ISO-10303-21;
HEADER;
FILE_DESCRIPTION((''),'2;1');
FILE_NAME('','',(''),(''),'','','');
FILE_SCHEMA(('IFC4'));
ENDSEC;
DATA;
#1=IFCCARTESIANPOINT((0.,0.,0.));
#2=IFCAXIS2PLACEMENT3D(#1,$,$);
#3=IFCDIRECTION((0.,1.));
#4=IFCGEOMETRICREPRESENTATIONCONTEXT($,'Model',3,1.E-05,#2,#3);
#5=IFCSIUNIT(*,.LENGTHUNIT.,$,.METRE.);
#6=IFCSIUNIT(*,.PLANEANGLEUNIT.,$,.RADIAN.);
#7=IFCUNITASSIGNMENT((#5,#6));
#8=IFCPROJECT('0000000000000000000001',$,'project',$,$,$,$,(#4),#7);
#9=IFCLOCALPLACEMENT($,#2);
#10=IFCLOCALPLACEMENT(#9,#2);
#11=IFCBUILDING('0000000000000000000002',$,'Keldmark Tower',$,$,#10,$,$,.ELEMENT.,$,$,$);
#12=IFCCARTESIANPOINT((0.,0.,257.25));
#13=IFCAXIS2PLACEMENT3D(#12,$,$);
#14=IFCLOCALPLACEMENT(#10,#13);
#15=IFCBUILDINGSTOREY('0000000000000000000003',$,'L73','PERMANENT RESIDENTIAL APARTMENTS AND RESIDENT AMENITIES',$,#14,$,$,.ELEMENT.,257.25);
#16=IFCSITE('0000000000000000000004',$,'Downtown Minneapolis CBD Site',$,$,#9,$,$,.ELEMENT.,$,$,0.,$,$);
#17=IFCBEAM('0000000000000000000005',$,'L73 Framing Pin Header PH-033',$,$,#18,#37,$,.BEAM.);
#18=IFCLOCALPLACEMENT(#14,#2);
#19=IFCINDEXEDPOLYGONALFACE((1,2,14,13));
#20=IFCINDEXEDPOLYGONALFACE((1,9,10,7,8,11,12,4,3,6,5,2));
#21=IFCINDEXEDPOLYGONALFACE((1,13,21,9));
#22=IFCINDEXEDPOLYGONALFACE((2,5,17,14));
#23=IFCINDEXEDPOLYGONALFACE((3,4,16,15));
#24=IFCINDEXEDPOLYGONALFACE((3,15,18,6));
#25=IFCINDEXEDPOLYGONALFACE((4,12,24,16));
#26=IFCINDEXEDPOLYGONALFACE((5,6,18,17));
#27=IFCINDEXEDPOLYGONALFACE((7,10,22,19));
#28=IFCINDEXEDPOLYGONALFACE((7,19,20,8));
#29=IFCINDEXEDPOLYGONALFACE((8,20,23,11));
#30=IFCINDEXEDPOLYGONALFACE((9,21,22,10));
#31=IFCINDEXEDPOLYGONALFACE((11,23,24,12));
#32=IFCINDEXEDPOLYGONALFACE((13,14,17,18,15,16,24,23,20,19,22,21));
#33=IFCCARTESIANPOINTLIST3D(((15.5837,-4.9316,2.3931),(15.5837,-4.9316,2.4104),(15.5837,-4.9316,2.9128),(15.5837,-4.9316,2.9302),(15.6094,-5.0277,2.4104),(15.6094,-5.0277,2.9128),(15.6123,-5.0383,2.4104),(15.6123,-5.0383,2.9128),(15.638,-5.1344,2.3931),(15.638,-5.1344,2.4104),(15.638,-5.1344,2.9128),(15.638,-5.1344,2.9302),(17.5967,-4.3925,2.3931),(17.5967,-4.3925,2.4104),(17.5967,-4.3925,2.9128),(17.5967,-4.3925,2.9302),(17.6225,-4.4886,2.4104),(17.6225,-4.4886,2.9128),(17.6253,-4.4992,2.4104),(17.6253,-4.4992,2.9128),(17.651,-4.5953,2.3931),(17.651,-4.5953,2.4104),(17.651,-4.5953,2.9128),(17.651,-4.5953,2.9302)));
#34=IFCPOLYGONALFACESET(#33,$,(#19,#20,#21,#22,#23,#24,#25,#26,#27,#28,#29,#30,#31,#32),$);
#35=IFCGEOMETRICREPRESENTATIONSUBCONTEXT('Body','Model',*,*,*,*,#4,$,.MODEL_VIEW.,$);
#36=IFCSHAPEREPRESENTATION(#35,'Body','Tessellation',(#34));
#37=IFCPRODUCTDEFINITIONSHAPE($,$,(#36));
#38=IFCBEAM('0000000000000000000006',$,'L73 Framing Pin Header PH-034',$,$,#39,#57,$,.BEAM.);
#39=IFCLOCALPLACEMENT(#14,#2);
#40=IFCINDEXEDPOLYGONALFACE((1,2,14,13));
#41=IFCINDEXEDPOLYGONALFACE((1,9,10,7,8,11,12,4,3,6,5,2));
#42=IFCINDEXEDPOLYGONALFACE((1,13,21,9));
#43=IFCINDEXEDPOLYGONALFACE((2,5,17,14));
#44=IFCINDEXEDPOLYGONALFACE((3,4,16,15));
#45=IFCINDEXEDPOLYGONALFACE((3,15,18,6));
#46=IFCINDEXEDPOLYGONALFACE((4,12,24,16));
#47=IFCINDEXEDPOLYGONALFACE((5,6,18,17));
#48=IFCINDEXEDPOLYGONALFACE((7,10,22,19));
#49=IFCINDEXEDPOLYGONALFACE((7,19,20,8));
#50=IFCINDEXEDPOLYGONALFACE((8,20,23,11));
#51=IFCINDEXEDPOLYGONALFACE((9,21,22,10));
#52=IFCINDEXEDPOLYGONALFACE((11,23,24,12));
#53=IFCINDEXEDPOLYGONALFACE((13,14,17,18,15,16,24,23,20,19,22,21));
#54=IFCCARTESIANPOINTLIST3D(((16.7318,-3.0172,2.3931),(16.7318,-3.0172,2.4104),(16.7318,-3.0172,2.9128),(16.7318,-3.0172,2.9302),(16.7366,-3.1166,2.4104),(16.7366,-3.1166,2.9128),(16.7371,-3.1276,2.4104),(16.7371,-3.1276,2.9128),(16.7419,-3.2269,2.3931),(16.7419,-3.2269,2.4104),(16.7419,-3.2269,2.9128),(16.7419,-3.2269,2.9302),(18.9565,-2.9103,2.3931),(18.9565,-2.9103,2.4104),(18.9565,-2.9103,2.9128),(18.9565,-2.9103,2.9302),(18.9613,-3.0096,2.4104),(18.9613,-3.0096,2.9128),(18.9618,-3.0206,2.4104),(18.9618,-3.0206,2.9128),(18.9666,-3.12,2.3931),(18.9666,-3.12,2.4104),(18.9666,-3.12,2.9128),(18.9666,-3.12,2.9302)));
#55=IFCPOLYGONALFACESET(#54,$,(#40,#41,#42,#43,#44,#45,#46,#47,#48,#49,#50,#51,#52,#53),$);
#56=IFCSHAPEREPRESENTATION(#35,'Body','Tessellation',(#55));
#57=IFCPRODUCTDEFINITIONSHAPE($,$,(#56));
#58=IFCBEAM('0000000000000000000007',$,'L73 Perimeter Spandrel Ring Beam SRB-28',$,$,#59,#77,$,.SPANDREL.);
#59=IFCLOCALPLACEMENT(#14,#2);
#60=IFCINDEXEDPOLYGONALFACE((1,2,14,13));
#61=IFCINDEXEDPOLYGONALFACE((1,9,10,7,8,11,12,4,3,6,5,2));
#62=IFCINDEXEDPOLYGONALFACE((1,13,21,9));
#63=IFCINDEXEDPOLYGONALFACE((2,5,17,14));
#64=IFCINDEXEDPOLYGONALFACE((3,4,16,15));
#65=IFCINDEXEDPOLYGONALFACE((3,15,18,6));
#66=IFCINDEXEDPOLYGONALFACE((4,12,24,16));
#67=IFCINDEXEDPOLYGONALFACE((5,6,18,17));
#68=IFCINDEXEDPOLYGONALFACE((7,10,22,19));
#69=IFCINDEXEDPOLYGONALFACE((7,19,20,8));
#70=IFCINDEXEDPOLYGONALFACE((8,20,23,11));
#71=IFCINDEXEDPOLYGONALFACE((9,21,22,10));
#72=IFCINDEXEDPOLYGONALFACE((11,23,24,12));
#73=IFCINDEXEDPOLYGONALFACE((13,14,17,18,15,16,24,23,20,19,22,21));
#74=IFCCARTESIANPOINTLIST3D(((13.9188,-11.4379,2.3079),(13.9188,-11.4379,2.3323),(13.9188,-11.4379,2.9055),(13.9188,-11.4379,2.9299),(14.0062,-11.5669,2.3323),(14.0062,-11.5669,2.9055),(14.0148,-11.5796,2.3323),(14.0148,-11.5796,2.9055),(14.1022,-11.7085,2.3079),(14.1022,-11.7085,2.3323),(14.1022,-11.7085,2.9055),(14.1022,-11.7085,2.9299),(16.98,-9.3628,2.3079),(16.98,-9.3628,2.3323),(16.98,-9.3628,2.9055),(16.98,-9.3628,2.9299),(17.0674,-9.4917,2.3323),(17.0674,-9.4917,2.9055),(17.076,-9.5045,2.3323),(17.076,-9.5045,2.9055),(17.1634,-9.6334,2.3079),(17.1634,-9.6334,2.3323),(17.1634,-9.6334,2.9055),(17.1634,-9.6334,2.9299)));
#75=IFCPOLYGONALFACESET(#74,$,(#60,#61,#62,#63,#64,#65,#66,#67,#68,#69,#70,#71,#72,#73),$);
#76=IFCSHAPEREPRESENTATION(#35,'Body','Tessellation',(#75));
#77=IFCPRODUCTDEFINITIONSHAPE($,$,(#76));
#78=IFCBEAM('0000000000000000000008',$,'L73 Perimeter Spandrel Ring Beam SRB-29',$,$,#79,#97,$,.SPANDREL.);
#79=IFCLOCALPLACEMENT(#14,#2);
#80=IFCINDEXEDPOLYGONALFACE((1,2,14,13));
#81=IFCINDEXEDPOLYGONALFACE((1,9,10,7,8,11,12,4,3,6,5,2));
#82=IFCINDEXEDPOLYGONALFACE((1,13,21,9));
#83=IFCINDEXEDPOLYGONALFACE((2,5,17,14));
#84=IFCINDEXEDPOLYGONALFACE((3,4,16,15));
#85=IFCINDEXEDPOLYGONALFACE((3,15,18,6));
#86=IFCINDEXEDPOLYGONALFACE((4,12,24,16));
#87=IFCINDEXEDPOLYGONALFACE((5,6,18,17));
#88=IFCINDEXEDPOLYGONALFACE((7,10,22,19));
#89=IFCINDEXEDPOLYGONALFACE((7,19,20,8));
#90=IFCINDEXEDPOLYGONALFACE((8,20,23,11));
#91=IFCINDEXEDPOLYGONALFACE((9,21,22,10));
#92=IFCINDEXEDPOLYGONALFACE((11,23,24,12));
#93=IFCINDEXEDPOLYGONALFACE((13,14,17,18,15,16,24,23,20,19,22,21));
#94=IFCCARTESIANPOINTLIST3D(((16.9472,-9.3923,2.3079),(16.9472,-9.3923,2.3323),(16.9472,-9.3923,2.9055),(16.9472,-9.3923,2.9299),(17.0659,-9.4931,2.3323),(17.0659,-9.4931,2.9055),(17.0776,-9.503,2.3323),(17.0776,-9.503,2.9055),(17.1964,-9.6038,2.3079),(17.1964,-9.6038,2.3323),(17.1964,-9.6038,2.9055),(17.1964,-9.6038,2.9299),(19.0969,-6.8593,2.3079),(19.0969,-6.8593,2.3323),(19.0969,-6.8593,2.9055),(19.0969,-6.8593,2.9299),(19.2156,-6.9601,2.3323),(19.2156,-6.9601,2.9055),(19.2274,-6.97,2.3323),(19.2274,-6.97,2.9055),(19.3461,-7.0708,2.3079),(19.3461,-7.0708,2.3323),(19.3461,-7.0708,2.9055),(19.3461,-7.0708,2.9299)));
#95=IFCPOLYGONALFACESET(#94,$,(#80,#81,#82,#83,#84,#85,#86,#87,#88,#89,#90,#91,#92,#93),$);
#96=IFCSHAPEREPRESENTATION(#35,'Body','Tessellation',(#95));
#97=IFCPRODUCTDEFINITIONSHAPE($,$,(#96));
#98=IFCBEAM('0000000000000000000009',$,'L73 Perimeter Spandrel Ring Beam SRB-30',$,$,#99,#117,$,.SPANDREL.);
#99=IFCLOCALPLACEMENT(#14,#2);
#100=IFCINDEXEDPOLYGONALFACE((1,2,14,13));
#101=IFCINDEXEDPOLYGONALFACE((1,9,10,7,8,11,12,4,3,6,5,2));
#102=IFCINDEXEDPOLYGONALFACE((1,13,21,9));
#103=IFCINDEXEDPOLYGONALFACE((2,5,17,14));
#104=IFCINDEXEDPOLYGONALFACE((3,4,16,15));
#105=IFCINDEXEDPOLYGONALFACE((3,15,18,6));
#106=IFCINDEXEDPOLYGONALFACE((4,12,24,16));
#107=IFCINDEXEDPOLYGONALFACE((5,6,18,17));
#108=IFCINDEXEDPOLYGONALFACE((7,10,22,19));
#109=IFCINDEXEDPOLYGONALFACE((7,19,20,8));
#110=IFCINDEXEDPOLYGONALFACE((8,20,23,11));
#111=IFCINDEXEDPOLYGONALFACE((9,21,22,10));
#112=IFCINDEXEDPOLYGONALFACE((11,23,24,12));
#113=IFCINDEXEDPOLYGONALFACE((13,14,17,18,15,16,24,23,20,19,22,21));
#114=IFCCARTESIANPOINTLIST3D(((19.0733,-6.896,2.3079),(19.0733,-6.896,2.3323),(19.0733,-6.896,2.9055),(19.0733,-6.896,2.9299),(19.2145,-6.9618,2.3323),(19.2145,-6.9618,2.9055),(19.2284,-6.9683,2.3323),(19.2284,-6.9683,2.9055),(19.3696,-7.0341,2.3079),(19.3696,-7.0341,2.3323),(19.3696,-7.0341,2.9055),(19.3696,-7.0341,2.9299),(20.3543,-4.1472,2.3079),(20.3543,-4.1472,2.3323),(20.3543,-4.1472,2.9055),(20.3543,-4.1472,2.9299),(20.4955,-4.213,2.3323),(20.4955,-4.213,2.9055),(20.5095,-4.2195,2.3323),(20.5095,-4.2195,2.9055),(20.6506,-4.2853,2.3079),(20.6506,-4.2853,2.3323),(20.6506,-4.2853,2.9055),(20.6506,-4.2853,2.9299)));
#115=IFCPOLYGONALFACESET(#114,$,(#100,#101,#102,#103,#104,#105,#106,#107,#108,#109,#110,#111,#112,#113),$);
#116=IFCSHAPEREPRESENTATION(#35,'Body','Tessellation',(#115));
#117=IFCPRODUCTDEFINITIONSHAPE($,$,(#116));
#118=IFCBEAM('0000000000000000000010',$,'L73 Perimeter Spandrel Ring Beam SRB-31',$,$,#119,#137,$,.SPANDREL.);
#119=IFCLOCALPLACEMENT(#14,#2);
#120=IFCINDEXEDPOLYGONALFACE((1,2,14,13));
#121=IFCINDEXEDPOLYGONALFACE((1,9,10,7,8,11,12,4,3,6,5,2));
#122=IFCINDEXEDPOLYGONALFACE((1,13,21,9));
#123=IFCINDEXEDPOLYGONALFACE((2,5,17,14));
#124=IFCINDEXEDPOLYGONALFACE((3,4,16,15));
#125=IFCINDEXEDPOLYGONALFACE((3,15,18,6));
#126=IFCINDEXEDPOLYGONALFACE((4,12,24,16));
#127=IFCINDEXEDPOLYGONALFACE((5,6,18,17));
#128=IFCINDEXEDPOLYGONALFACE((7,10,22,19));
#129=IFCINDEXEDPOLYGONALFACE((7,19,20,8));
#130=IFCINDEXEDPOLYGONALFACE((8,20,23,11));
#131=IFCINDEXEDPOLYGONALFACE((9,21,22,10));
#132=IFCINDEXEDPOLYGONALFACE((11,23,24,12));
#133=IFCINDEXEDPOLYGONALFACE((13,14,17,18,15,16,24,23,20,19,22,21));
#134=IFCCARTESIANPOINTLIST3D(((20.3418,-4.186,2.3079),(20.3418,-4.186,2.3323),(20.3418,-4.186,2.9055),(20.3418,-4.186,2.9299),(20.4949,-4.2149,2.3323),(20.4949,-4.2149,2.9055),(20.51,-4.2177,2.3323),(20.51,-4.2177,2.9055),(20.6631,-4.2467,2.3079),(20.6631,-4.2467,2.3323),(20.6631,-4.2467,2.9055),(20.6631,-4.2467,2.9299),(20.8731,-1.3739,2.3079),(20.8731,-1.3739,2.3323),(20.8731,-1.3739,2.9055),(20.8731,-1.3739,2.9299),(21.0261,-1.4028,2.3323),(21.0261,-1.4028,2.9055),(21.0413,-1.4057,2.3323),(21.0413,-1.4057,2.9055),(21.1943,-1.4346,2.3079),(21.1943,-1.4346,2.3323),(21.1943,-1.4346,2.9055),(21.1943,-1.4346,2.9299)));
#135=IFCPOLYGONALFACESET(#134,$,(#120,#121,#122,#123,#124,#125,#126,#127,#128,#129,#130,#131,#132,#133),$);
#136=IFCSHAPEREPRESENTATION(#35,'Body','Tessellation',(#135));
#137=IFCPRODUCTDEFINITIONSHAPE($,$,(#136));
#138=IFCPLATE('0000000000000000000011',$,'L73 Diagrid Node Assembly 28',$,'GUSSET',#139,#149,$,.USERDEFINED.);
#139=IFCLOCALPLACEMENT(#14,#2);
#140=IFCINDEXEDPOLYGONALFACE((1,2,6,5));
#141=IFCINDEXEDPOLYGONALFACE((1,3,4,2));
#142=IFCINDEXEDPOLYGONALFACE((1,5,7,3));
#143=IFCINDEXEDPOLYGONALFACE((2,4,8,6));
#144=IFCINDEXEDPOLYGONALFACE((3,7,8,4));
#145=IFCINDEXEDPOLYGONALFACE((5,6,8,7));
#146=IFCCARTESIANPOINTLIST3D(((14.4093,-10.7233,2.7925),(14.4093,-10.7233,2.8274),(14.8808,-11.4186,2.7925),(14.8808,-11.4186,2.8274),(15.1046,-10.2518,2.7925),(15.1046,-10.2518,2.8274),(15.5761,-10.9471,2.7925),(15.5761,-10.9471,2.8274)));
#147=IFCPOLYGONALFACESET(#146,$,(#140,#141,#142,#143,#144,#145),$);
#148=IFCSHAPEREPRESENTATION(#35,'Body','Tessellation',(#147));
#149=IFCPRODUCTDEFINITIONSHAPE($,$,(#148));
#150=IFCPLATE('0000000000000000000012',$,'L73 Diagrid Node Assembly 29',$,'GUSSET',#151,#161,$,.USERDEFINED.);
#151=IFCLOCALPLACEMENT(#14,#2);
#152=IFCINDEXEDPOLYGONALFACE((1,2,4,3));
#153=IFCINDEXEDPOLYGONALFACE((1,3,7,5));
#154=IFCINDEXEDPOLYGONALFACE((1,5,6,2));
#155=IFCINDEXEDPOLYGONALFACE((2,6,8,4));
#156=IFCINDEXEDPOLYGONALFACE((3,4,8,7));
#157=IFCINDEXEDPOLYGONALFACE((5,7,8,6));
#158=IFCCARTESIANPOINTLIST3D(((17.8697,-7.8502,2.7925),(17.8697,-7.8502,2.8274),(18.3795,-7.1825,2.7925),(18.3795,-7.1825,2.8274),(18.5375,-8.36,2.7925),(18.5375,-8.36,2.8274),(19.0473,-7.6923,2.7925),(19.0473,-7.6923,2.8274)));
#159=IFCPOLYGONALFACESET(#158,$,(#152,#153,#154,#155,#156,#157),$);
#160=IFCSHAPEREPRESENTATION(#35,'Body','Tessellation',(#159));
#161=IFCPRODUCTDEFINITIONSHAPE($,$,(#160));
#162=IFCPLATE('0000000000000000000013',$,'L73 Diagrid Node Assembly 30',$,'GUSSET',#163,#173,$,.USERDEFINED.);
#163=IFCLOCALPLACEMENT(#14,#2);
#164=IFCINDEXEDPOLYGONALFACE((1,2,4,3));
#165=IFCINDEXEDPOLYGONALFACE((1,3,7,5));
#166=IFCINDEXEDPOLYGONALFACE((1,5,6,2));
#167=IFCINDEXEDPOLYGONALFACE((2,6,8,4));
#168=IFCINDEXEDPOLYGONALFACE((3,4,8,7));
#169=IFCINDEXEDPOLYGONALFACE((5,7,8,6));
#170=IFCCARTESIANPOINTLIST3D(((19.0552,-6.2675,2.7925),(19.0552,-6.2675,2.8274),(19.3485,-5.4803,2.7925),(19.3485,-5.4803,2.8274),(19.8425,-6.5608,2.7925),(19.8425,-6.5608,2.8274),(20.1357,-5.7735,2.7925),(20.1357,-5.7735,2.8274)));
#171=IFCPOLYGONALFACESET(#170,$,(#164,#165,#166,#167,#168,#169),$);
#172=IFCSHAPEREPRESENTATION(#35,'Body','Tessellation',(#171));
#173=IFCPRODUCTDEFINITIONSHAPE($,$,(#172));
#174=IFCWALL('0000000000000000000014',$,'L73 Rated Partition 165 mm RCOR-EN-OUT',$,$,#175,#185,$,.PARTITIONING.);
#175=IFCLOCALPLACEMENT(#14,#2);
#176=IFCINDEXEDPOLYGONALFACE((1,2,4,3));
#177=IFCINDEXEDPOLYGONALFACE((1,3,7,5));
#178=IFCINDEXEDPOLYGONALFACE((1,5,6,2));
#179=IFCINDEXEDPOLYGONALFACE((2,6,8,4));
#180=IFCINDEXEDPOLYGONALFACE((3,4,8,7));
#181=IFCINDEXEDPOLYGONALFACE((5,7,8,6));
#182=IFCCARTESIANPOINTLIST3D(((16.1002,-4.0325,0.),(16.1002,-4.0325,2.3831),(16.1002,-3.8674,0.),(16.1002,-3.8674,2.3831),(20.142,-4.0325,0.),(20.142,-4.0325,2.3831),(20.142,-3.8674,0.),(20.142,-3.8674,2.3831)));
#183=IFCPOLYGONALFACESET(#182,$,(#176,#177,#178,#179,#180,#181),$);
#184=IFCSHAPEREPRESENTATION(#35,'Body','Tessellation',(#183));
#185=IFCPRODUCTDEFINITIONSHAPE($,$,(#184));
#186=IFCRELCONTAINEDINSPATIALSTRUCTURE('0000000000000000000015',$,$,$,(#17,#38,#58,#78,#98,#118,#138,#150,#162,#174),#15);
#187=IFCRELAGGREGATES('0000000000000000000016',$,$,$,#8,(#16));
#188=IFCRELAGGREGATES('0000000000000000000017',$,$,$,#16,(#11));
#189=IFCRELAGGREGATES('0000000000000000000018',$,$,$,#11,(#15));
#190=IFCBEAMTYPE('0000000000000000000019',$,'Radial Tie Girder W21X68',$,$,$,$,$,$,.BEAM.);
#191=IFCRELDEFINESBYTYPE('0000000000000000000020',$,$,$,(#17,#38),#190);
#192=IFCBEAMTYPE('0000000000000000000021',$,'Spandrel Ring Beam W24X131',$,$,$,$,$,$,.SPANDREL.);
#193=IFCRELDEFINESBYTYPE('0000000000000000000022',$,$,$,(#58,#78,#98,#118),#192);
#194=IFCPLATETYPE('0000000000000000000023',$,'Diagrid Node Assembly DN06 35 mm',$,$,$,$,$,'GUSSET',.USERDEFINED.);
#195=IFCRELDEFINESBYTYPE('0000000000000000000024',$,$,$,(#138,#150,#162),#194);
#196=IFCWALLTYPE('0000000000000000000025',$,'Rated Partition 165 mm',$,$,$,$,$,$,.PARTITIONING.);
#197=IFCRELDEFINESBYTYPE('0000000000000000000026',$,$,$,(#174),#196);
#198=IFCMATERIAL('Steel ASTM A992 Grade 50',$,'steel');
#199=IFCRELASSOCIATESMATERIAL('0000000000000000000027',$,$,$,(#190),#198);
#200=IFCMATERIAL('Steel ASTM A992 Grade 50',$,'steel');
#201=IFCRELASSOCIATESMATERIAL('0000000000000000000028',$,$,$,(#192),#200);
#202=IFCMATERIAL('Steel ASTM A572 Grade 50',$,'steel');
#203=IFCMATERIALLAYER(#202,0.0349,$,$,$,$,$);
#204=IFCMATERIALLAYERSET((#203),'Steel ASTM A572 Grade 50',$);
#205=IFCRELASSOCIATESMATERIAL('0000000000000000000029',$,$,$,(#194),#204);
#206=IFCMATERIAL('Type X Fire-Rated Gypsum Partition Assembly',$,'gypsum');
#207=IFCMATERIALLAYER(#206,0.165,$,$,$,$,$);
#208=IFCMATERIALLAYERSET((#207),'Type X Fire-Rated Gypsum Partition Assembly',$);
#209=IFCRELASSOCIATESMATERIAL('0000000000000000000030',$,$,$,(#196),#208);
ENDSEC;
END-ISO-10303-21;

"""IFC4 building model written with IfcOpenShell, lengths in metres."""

from ifc_helpers import new_model, si_unit, direction, frame, frame_2d, origin, origin_2d, place, context, subcontext, project, spatial, rectangle, i_section, extrude, material, layer, layer_set, material_profile, profile_set, type_object, element, save


model = new_model("IFC4")

# Units and contexts
model_context = context("Model", 3, precision=1e-05, world=origin(), true_north=direction((0.0, 1.0)))
body_context = subcontext(model_context, "Body", "Model", "MODEL_VIEW")
ifc_project = project(units=[si_unit("LENGTHUNIT", "METRE"), si_unit("PLANEANGLEUNIT", "RADIAN")], contexts=[model_context])

# Site, building, storey
site_placement = place(None, origin())
site = spatial("IfcSite", under=ifc_project, at=site_placement, Name="Downtown Minneapolis CBD Site", CompositionType="ELEMENT", RefElevation=0.0)
building_placement = place(site_placement, origin())
building = spatial("IfcBuilding", under=site, at=building_placement, Name="Keldmark Tower", CompositionType="ELEMENT")
storey_placement = place(building_placement, frame((0.0, 0.0, 257.25)))
storey = spatial("IfcBuildingStorey", under=building, at=storey_placement, Name="L73", Description="PERMANENT RESIDENTIAL APARTMENTS AND RESIDENT AMENITIES", CompositionType="ELEMENT", Elevation=257.25)

# Beams
ifc_material_1 = material(Name="Steel ASTM A992 Grade 50", Category="steel")
ifc_material_profile_1 = material_profile(ifc_material_1, i_section(OverallWidth=0.21, OverallDepth=0.5371, WebThickness=0.011, FlangeThickness=0.0173, at=origin_2d()), Name="W21X68")
ifc_profile_set_1 = profile_set([ifc_material_profile_1], Name="Steel ASTM A992 Grade 50")
beam_type_1 = type_object("IfcBeamType", Name="Radial Tie Girder W21X68", PredefinedType="BEAM", material=ifc_profile_set_1)
beam_1_placement = place(storey_placement, frame((15.6108, -5.033, 2.6616), z_axis=(0.965962, 0.258683, 0.0), x_axis=(-0.258683, 0.965962, 0.0)))
element("IfcBeam", 1, at=beam_1_placement, inside=storey, type_object=beam_type_1, Name="L73 Framing Pin Header PH-033", PredefinedType="BEAM", context=body_context, shape_type="SweptSolid", body=[
    extrude(i_section(OverallWidth=0.21, OverallDepth=0.5371, WebThickness=0.011, FlangeThickness=0.0173, at=origin_2d()), origin(), (0.0, 0.0, 1.0), 2.084),
])
beam_2_placement = place(storey_placement, frame((16.7368, -3.1221, 2.6616), z_axis=(0.998847, 0.048013, 0.0), x_axis=(-0.048013, 0.998847, 0.0)))
element("IfcBeam", 2, at=beam_2_placement, inside=storey, type_object=beam_type_1, Name="L73 Framing Pin Header PH-034", PredefinedType="BEAM", context=body_context, shape_type="SweptSolid", body=[
    extrude(i_section(OverallWidth=0.21, OverallDepth=0.5371, WebThickness=0.011, FlangeThickness=0.0173, at=origin_2d()), origin(), (0.0, 0.0, 1.0), 2.2273),
])
ifc_material_2 = material(Name="Steel ASTM A992 Grade 50", Category="steel")
ifc_material_profile_2 = material_profile(ifc_material_2, i_section(OverallWidth=0.3269, OverallDepth=0.6221, WebThickness=0.0154, FlangeThickness=0.0244, at=origin_2d()), Name="W24X131")
ifc_profile_set_2 = profile_set([ifc_material_profile_2], Name="Steel ASTM A992 Grade 50")
beam_type_2 = type_object("IfcBeamType", Name="Spandrel Ring Beam W24X131", PredefinedType="SPANDREL", material=ifc_profile_set_2)
beam_3_placement = place(storey_placement, frame((14.0105, -11.5732, 2.6189), z_axis=(0.82774, 0.561112, 0.0), x_axis=(-0.561112, 0.82774, 0.0)))
element("IfcBeam", 3, at=beam_3_placement, inside=storey, type_object=beam_type_2, Name="L73 Perimeter Spandrel Ring Beam SRB-28", PredefinedType="SPANDREL", context=body_context, shape_type="SweptSolid", body=[
    extrude(i_section(OverallWidth=0.3269, OverallDepth=0.6221, WebThickness=0.0154, FlangeThickness=0.0244, at=origin_2d()), origin(), (0.0, 0.0, 1.0), 3.6982),
])
beam_4_placement = place(storey_placement, frame((17.0718, -9.498, 2.6189), z_axis=(0.647062, 0.762438, 0.0), x_axis=(-0.762438, 0.647062, 0.0)))
element("IfcBeam", 4, at=beam_4_placement, inside=storey, type_object=beam_type_2, Name="L73 Perimeter Spandrel Ring Beam SRB-29", PredefinedType="SPANDREL", context=body_context, shape_type="SweptSolid", body=[
    extrude(i_section(OverallWidth=0.3269, OverallDepth=0.6221, WebThickness=0.0154, FlangeThickness=0.0244, at=origin_2d()), origin(), (0.0, 0.0, 1.0), 3.3223),
])
beam_5_placement = place(storey_placement, frame((19.2214, -6.9651, 2.6189), z_axis=(0.422409, 0.906405, 0.0), x_axis=(-0.906405, 0.422409, 0.0)))
element("IfcBeam", 5, at=beam_5_placement, inside=storey, type_object=beam_type_2, Name="L73 Perimeter Spandrel Ring Beam SRB-30", PredefinedType="SPANDREL", context=body_context, shape_type="SweptSolid", body=[
    extrude(i_section(OverallWidth=0.3269, OverallDepth=0.6221, WebThickness=0.0154, FlangeThickness=0.0244, at=origin_2d()), origin(), (0.0, 0.0, 1.0), 3.0327),
])
beam_6_placement = place(storey_placement, frame((20.5024, -4.2163, 2.6189), z_axis=(0.185638, 0.982618, 0.0), x_axis=(-0.982618, 0.185638, 0.0)))
element("IfcBeam", 6, at=beam_6_placement, inside=storey, type_object=beam_type_2, Name="L73 Perimeter Spandrel Ring Beam SRB-31", PredefinedType="SPANDREL", context=body_context, shape_type="SweptSolid", body=[
    extrude(i_section(OverallWidth=0.3269, OverallDepth=0.6221, WebThickness=0.0154, FlangeThickness=0.0244, at=origin_2d()), origin(), (0.0, 0.0, 1.0), 2.8618),
])

# Plates
ifc_material_3 = material(Name="Steel ASTM A572 Grade 50", Category="steel")
ifc_layer_1 = layer(ifc_material_3, 0.0349)
ifc_layer_set_1 = layer_set([ifc_layer_1], Name="Steel ASTM A572 Grade 50")
plate_type = type_object("IfcPlateType", Name="Diagrid Node Assembly DN06 35 mm", ElementType="GUSSET", PredefinedType="USERDEFINED", material=ifc_layer_set_1)
for number, where, z_axis, x_axis, name in (
    (7, (14.9927, -10.8352, 2.7925), (0.0, 0.0, 1.0), (0.827669, 0.561217, 0.0), "L73 Diagrid Node Assembly 28"),
    (8, (18.4585, -7.7712, 2.7925), (0.0, 0.0, 1.0), (0.606821, 0.794838, 0.0), "L73 Diagrid Node Assembly 29"),
    (9, (19.5955, -6.0205, 2.7925), (0.0, 0.0, 1.0), (0.349063, 0.937099, 0.0), "L73 Diagrid Node Assembly 30"),
):
    element("IfcPlate", number, at=place(storey_placement, frame(where, z_axis=z_axis, x_axis=x_axis)), inside=storey, type_object=plate_type, Name=name, ObjectType="GUSSET", PredefinedType="USERDEFINED", context=body_context, shape_type="SweptSolid", body=[
        extrude(rectangle(XDim=0.8401, YDim=0.8401, at=origin_2d()), origin(), (0.0, 0.0, 1.0), 0.0349),
    ])

# Wall
ifc_material_4 = material(Name="Type X Fire-Rated Gypsum Partition Assembly", Category="gypsum")
ifc_layer_2 = layer(ifc_material_4, 0.165)
ifc_layer_set_2 = layer_set([ifc_layer_2], Name="Type X Fire-Rated Gypsum Partition Assembly")
wall_type_1 = type_object("IfcWallType", Name="Rated Partition 165 mm", PredefinedType="PARTITIONING", material=ifc_layer_set_2)
wall_1_placement = place(storey_placement, frame((16.1001, -3.95, 0.0), z_axis=(0.0, 0.0, 1.0), x_axis=(1.0, 0.0, 0.0)))
element("IfcWall", 10, at=wall_1_placement, inside=storey, type_object=wall_type_1, Name="L73 Rated Partition 165 mm RCOR-EN-OUT", PredefinedType="PARTITIONING", context=body_context, shape_type="SweptSolid", body=[
    extrude(rectangle(XDim=4.0417, YDim=0.165, at=frame_2d((2.021, 0.0))), origin(), (0.0, 0.0, 1.0), 2.3831),
])

save(model, "model.ifc")
